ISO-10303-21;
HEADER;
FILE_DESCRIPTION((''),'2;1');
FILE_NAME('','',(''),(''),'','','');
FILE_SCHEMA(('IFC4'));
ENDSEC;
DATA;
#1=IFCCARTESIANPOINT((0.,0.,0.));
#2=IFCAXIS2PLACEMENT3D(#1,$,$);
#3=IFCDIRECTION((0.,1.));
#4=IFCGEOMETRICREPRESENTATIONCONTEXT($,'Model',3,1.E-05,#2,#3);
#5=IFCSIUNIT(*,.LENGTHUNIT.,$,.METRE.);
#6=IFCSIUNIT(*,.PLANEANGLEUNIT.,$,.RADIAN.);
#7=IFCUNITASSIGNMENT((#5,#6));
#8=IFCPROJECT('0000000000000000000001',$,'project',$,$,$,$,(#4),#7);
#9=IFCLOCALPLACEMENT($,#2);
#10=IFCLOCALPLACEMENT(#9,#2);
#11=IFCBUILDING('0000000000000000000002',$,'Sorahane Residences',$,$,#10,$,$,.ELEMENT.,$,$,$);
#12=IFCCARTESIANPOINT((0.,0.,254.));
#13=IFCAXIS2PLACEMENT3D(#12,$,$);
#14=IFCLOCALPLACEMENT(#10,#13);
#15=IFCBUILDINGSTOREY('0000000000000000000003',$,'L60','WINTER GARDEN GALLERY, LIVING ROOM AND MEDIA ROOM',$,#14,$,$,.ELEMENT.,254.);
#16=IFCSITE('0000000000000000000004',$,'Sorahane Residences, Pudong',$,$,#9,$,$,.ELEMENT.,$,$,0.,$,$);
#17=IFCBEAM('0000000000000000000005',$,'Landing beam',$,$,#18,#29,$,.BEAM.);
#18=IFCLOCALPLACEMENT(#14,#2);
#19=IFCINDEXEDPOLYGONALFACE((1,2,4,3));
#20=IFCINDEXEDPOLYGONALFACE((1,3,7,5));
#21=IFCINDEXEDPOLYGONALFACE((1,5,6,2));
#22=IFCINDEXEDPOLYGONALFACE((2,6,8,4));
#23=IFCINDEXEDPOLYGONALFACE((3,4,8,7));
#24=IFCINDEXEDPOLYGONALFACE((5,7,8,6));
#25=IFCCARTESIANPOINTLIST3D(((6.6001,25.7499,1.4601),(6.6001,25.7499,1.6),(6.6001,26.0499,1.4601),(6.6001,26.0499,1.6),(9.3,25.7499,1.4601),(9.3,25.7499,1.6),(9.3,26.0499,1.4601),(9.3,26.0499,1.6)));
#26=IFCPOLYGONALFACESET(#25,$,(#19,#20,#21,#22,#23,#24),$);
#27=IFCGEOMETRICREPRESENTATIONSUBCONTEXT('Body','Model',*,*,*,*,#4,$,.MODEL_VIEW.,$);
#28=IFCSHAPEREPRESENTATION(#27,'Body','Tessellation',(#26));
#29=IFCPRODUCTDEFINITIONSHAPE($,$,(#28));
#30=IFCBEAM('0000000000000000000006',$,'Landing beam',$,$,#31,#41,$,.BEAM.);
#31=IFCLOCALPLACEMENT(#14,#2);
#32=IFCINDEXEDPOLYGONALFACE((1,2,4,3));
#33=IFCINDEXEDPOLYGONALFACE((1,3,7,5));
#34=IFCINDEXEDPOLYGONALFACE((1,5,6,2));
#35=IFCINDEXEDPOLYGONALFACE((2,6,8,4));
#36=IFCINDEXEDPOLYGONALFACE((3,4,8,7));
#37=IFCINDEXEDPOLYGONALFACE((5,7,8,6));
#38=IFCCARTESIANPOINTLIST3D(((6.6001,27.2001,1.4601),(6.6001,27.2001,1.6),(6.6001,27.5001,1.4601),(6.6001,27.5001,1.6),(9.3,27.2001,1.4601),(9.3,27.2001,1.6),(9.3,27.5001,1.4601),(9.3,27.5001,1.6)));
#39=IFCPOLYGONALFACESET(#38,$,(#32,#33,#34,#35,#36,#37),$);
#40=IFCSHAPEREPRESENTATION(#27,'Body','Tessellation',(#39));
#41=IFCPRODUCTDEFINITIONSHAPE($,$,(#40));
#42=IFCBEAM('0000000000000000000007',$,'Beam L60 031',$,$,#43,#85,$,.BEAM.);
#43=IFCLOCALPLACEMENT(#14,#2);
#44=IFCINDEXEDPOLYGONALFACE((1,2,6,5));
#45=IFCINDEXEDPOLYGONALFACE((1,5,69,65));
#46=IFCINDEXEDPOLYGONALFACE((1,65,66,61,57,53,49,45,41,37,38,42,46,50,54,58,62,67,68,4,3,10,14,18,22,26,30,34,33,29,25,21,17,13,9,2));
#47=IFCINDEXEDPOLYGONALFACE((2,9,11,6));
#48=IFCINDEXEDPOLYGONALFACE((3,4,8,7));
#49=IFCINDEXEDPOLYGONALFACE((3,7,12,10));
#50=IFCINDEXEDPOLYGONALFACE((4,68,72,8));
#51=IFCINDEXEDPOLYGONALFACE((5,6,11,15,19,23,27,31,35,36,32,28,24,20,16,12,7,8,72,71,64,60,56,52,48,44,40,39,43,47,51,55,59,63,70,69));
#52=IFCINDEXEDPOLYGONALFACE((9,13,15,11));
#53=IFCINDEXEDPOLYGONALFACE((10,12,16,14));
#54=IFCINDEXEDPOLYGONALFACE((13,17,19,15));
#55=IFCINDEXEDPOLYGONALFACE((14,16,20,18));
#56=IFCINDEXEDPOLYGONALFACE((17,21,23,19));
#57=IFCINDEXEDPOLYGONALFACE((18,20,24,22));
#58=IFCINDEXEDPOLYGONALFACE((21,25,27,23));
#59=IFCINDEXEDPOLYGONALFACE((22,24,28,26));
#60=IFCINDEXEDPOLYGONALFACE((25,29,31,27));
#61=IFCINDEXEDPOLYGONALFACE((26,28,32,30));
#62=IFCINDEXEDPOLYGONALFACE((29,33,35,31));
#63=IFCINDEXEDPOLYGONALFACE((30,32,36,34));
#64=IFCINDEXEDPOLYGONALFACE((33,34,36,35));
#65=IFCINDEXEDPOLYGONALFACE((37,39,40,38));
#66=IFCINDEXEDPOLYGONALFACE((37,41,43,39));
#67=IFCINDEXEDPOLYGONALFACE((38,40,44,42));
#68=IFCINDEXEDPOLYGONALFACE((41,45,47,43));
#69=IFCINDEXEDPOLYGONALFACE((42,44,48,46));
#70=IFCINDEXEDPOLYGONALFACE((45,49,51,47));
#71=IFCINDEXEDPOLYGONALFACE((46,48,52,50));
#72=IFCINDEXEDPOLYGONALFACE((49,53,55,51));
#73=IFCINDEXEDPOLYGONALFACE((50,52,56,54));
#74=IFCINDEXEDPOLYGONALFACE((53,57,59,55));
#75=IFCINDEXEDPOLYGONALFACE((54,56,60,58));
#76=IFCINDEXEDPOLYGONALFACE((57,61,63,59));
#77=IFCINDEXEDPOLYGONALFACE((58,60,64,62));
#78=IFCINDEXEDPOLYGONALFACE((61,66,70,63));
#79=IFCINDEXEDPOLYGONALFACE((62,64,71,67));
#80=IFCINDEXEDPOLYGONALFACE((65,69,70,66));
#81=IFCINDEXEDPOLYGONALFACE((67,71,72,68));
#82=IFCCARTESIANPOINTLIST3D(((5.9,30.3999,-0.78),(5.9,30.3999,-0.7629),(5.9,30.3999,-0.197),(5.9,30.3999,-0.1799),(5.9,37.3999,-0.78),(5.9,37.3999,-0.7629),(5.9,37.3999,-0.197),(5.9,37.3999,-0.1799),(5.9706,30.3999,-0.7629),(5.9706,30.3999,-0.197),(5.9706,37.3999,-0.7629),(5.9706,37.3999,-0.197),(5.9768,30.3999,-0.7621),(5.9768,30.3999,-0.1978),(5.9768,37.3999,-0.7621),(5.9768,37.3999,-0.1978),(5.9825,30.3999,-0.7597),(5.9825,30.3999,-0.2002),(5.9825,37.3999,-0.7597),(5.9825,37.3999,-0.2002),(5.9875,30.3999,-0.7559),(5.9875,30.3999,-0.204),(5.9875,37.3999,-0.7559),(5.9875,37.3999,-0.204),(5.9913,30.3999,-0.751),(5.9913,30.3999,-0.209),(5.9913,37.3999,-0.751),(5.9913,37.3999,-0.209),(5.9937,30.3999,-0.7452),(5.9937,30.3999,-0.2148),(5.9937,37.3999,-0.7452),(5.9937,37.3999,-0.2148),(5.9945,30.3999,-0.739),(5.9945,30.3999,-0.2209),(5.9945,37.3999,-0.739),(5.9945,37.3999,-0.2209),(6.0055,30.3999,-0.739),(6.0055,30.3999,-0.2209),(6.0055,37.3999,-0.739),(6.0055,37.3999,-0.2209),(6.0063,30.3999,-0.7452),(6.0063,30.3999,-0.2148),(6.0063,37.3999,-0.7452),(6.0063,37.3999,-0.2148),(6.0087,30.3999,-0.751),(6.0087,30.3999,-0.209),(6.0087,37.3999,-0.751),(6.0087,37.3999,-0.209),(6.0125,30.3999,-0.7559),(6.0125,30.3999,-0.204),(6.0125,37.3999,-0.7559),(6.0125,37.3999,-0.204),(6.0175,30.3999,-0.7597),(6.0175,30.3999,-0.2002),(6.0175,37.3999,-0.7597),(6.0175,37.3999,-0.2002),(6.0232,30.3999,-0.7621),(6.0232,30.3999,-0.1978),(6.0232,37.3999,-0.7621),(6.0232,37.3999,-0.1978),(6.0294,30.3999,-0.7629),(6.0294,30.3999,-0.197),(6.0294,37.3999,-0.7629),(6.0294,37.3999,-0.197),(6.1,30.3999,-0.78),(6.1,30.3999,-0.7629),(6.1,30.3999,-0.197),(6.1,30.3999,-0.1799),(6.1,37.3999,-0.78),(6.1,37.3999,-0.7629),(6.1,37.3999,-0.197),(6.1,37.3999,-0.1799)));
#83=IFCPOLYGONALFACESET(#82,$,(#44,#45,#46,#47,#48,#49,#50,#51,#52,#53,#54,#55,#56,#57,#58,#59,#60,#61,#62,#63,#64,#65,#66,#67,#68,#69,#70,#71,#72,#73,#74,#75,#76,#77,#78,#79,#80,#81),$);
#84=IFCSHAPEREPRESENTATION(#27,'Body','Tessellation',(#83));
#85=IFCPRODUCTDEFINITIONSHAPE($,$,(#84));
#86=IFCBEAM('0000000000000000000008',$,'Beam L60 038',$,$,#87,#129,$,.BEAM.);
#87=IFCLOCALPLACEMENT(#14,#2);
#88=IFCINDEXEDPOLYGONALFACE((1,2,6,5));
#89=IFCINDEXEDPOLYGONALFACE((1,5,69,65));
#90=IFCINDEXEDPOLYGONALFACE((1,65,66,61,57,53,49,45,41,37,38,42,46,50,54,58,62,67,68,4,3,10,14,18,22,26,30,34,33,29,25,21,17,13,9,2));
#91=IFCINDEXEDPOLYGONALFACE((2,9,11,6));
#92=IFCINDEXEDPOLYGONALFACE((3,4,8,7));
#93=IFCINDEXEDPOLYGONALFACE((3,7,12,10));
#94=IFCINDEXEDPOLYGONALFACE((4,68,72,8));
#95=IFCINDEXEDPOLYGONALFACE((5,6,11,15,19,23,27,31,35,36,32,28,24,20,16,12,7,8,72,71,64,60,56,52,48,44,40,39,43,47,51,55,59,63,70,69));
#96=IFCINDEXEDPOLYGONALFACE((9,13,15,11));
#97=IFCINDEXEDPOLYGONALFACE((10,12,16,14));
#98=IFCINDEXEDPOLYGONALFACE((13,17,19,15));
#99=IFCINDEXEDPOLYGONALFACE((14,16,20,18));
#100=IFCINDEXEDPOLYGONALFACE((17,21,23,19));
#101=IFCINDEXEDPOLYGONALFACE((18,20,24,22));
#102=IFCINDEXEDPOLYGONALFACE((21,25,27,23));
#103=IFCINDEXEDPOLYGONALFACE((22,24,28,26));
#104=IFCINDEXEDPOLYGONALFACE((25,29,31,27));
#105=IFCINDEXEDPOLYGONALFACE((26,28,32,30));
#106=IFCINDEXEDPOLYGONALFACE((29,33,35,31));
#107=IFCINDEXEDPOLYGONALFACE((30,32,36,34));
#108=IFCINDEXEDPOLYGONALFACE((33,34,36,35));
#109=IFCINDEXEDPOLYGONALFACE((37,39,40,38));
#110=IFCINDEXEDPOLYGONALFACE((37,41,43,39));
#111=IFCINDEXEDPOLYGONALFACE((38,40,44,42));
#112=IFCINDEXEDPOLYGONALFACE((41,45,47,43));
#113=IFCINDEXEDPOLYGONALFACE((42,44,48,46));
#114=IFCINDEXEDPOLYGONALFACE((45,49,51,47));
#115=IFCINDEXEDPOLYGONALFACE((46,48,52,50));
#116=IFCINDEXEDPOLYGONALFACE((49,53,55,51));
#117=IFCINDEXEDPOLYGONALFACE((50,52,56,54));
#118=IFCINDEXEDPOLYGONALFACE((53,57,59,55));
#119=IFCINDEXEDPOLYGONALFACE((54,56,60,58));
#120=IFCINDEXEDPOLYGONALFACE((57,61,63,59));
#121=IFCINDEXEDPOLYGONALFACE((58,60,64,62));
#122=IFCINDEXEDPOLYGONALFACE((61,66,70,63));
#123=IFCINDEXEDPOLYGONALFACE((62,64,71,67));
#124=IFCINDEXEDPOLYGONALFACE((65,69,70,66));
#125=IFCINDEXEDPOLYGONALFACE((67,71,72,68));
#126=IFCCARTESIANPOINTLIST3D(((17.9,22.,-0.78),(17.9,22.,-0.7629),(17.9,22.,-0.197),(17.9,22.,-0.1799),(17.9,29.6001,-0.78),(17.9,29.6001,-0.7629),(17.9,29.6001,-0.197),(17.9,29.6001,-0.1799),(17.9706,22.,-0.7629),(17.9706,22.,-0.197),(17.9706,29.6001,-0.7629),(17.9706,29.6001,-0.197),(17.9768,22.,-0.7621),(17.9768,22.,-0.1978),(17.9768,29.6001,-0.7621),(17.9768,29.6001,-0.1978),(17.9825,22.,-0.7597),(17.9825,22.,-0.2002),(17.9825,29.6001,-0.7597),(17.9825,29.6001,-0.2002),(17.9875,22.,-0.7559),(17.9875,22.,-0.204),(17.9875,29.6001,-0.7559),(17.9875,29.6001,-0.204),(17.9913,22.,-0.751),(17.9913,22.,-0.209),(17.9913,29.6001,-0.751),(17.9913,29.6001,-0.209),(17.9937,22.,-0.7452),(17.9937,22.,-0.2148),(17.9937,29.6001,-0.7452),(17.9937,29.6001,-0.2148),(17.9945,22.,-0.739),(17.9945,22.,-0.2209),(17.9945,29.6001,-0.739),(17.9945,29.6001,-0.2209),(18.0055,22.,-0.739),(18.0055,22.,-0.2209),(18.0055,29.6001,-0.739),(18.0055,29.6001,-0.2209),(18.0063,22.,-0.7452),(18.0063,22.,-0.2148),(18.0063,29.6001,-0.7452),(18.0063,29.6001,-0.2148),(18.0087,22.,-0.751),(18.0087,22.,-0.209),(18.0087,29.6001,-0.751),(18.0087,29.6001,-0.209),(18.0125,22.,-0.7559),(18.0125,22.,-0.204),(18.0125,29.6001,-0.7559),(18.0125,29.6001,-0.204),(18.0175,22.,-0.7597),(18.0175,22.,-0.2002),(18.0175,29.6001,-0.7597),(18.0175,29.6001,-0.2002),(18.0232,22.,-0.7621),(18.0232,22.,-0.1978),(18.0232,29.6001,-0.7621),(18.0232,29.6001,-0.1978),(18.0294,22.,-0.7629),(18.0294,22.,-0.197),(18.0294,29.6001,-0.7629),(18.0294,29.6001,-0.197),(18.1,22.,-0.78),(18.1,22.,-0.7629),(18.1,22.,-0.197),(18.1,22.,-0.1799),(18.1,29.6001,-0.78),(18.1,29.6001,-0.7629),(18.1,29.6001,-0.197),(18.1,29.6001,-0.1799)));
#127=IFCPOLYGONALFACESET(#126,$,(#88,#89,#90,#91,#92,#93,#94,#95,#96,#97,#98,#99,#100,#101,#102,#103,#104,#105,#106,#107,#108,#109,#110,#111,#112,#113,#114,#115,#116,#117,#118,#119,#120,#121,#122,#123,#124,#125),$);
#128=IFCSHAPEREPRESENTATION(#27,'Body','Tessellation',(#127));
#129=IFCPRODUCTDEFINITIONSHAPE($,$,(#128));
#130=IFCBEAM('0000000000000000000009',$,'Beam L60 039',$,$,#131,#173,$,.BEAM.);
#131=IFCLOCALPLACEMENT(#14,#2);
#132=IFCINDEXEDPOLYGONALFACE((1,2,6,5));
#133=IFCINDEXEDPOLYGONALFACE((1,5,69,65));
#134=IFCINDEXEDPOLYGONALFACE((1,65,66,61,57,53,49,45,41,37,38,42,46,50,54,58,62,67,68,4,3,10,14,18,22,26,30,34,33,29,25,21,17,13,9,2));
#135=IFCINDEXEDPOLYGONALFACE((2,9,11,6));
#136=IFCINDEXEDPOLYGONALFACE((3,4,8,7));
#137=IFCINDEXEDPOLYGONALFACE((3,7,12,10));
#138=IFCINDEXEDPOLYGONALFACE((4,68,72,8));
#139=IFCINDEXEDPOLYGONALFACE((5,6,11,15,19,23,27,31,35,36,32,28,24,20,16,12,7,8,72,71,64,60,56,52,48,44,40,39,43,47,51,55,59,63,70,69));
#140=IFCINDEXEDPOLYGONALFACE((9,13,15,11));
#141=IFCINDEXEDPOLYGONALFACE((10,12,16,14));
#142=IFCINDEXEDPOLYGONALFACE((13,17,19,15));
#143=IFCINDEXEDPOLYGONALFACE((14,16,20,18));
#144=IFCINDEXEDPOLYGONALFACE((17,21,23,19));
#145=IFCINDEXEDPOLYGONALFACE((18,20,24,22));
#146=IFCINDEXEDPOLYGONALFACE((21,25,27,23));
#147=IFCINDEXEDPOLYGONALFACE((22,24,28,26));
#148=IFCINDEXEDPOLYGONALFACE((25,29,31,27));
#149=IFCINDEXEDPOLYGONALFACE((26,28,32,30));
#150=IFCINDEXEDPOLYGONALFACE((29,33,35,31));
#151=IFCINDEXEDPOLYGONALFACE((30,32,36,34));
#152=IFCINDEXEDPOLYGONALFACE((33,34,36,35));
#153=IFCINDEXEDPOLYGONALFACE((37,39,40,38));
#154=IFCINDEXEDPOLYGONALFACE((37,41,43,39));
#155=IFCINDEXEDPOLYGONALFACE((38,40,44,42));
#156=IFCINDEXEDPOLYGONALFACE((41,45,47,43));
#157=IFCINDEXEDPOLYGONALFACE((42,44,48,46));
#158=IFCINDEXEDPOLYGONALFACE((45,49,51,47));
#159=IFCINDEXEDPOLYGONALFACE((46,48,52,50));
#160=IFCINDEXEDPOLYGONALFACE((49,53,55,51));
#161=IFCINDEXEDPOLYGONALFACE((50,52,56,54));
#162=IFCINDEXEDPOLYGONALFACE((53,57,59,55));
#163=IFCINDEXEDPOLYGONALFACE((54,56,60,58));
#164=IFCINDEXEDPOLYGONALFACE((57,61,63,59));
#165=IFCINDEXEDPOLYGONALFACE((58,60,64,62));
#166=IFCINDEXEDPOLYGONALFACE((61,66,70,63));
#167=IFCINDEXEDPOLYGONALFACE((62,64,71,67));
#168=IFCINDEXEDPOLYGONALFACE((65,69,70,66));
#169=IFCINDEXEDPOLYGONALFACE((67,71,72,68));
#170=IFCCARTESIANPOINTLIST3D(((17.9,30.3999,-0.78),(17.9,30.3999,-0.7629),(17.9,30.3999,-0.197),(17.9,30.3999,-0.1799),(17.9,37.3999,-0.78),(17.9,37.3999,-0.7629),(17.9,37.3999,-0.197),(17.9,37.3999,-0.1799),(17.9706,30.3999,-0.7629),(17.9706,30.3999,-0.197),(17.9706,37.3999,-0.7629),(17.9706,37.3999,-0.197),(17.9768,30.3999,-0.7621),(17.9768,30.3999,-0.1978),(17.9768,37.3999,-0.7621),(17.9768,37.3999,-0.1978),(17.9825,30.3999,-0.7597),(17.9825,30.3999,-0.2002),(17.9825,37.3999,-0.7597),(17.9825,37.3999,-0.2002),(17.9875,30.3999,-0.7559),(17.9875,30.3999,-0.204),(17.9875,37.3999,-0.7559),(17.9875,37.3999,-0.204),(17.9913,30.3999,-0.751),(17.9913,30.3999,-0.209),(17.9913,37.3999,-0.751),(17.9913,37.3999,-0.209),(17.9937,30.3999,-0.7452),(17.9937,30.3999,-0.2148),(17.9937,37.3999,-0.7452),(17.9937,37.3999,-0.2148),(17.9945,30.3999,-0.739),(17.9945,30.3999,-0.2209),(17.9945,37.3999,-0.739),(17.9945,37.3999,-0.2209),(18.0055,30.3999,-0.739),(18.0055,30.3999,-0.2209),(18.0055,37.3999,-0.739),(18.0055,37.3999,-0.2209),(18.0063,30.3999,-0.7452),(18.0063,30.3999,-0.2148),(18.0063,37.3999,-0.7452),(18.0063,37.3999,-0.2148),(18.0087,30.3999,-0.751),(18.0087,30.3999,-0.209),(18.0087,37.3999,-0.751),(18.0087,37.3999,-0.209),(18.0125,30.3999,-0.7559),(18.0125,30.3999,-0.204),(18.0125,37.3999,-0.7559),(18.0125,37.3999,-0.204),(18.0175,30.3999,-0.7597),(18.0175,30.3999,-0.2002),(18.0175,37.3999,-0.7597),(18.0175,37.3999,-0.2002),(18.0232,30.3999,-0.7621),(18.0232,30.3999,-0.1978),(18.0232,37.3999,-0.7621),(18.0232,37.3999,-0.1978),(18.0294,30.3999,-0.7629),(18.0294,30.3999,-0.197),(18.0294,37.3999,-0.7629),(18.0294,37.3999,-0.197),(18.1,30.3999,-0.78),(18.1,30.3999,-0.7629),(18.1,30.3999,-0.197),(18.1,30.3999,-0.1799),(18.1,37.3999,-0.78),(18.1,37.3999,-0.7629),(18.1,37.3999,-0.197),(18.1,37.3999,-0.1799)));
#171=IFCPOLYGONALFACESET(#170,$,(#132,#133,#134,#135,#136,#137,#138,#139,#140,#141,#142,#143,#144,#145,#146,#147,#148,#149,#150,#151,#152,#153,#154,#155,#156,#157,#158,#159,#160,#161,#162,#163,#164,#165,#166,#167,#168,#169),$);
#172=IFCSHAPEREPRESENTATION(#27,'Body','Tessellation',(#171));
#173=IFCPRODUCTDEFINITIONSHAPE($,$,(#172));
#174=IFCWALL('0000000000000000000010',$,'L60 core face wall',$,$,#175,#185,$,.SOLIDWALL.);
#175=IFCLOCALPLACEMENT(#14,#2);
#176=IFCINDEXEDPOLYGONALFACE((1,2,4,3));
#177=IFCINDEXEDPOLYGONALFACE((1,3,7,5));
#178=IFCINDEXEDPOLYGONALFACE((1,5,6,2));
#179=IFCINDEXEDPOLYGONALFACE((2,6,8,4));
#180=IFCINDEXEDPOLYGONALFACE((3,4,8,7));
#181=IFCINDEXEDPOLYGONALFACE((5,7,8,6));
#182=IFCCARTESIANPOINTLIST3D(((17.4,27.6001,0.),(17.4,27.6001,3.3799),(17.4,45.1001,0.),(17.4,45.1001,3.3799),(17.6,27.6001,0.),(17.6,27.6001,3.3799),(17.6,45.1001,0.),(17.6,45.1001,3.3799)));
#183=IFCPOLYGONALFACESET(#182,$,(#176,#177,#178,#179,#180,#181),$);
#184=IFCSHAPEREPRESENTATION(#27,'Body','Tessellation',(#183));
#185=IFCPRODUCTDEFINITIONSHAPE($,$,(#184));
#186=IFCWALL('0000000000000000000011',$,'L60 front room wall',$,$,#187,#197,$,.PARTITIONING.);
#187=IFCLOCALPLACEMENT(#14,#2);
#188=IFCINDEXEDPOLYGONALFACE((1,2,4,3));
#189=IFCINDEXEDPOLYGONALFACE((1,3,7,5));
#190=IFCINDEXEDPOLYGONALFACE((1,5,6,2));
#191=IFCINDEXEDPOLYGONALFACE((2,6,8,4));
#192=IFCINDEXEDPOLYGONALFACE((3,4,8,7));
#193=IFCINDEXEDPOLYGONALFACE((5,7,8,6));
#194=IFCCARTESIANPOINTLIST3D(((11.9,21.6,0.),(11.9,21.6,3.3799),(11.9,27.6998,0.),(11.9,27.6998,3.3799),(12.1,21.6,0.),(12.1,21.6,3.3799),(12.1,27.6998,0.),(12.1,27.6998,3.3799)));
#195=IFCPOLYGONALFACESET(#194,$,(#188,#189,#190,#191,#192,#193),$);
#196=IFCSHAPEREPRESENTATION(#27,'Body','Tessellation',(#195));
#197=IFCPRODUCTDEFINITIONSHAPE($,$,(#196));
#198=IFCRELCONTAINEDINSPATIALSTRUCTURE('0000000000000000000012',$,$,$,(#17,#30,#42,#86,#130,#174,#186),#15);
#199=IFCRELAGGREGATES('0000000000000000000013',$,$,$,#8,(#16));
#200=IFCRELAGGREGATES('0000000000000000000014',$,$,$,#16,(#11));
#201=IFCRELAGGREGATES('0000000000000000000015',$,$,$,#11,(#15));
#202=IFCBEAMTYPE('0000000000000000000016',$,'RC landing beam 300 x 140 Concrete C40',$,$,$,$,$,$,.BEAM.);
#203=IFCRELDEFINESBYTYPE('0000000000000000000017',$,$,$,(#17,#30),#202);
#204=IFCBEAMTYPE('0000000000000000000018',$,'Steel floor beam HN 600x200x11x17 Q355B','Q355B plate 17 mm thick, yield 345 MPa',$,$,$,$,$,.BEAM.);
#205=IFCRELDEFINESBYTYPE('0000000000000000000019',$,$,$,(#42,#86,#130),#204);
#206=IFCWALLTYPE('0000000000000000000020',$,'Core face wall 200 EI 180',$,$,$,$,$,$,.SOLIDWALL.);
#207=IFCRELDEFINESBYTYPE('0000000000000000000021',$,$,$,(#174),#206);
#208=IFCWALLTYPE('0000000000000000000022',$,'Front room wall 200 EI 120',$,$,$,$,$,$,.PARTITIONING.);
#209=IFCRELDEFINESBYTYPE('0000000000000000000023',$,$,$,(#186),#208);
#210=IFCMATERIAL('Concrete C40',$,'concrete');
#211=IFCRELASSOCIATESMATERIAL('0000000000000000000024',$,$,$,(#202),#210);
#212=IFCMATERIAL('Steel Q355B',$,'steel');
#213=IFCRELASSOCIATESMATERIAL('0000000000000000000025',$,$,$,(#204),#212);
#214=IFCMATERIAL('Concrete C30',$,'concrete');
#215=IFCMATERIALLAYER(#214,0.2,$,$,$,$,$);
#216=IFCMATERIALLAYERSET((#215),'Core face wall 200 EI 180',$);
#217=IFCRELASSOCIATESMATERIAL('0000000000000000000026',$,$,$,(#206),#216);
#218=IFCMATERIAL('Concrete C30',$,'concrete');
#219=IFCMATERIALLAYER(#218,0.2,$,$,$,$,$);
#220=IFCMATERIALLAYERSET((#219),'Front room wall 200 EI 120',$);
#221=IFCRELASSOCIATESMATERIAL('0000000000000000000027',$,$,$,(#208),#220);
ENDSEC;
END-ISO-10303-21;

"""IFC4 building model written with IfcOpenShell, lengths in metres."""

from ifc_helpers import new_model, si_unit, direction, frame, frame_2d, origin, origin_2d, place, context, subcontext, project, spatial, rectangle, i_section, extrude, material, layer, layer_set, material_profile, profile_set, type_object, element, save


model = new_model("IFC4")

# Units and contexts
model_context = context("Model", 3, precision=1e-05, world=origin(), true_north=direction((0.0, 1.0)))
body_context = subcontext(model_context, "Body", "Model", "MODEL_VIEW")
ifc_project = project(units=[si_unit("LENGTHUNIT", "METRE"), si_unit("PLANEANGLEUNIT", "RADIAN")], contexts=[model_context])

# Site, building, storey
site_placement = place(None, origin())
site = spatial("IfcSite", under=ifc_project, at=site_placement, Name="Sorahane Residences, Pudong", CompositionType="ELEMENT", RefElevation=0.0)
building_placement = place(site_placement, origin())
building = spatial("IfcBuilding", under=site, at=building_placement, Name="Sorahane Residences", CompositionType="ELEMENT")
storey_placement = place(building_placement, frame((0.0, 0.0, 254.0)))
storey = spatial("IfcBuildingStorey", under=building, at=storey_placement, Name="L60", Description="WINTER GARDEN GALLERY, LIVING ROOM AND MEDIA ROOM", CompositionType="ELEMENT", Elevation=254.0)

# Beams
ifc_material_1 = material(Name="Concrete C40", Category="concrete")
ifc_material_profile_1 = material_profile(ifc_material_1, rectangle(XDim=0.3, YDim=0.1399, at=origin_2d()), Name="300x140")
ifc_profile_set_1 = profile_set([ifc_material_profile_1], Name="Concrete C40")
beam_type_1 = type_object("IfcBeamType", Name="RC landing beam 300 x 140 Concrete C40", PredefinedType="BEAM", material=ifc_profile_set_1)
for number, where, z_axis, x_axis, name in (
    (1, (6.6001, 25.8999, 1.53), (1.0, 0.0, 0.0), (0.0, 1.0, 0.0), "Landing beam"),
    (2, (6.6001, 27.3501, 1.53), (1.0, 0.0, 0.0), (0.0, 1.0, 0.0), "Landing beam"),
):
    element("IfcBeam", number, at=place(storey_placement, frame(where, z_axis=z_axis, x_axis=x_axis)), inside=storey, type_object=beam_type_1, Name=name, PredefinedType="BEAM", context=body_context, shape_type="SweptSolid", body=[
        extrude(rectangle(XDim=0.3, YDim=0.1399, at=origin_2d()), origin(), (0.0, 0.0, 1.0), 2.7),
    ])
ifc_material_2 = material(Name="Steel Q355B", Category="steel")
ifc_material_profile_2 = material_profile(ifc_material_2, i_section(OverallWidth=0.2, OverallDepth=0.6001, WebThickness=0.011, FlangeThickness=0.0171, FilletRadius=0.0239, at=origin_2d()), Name="HN 600x200x11x17")
ifc_profile_set_2 = profile_set([ifc_material_profile_2], Name="Steel Q355B")
beam_type_2 = type_object("IfcBeamType", Name="Steel floor beam HN 600x200x11x17 Q355B", Description="Q355B plate 17 mm thick, yield 345 MPa", PredefinedType="BEAM", material=ifc_profile_set_2)
beam_1_placement = place(storey_placement, frame((6.0, 30.3999, -0.48), z_axis=(0.0, 1.0, 0.0), x_axis=(-1.0, 0.0, 0.0)))
element("IfcBeam", 3, at=beam_1_placement, inside=storey, type_object=beam_type_2, Name="Beam L60 031", PredefinedType="BEAM", context=body_context, shape_type="SweptSolid", body=[
    extrude(i_section(OverallWidth=0.2, OverallDepth=0.6001, WebThickness=0.011, FlangeThickness=0.0171, FilletRadius=0.0239, at=origin_2d()), origin(), (0.0, 0.0, 1.0), 7.0),
])
beam_2_placement = place(storey_placement, frame((18.0, 22.0, -0.48), z_axis=(0.0, 1.0, 0.0), x_axis=(-1.0, 0.0, 0.0)))
element("IfcBeam", 4, at=beam_2_placement, inside=storey, type_object=beam_type_2, Name="Beam L60 038", PredefinedType="BEAM", context=body_context, shape_type="SweptSolid", body=[
    extrude(i_section(OverallWidth=0.2, OverallDepth=0.6001, WebThickness=0.011, FlangeThickness=0.0171, FilletRadius=0.0239, at=origin_2d()), origin(), (0.0, 0.0, 1.0), 7.6001),
])
beam_3_placement = place(storey_placement, frame((18.0, 30.3999, -0.48), z_axis=(0.0, 1.0, 0.0), x_axis=(-1.0, 0.0, 0.0)))
element("IfcBeam", 5, at=beam_3_placement, inside=storey, type_object=beam_type_2, Name="Beam L60 039", PredefinedType="BEAM", context=body_context, shape_type="SweptSolid", body=[
    extrude(i_section(OverallWidth=0.2, OverallDepth=0.6001, WebThickness=0.011, FlangeThickness=0.0171, FilletRadius=0.0239, at=origin_2d()), origin(), (0.0, 0.0, 1.0), 7.0),
])

# Walls
ifc_material_3 = material(Name="Concrete C30", Category="concrete")
ifc_layer_1 = layer(ifc_material_3, 0.2)
ifc_layer_set_1 = layer_set([ifc_layer_1], Name="Core face wall 200 EI 180")
wall_type_1 = type_object("IfcWallType", Name="Core face wall 200 EI 180", PredefinedType="SOLIDWALL", material=ifc_layer_set_1)
wall_1_placement = place(storey_placement, frame((17.5, 27.6001, 0.0), z_axis=(0.0, 0.0, 1.0), x_axis=(0.0, 1.0, 0.0)))
element("IfcWall", 6, at=wall_1_placement, inside=storey, type_object=wall_type_1, Name="L60 core face wall", PredefinedType="SOLIDWALL", context=body_context, shape_type="SweptSolid", body=[
    extrude(rectangle(XDim=17.5, YDim=0.2, at=frame_2d((8.75, 0.0))), origin(), (0.0, 0.0, 1.0), 3.3799),
])
ifc_material_4 = material(Name="Concrete C30", Category="concrete")
ifc_layer_2 = layer(ifc_material_4, 0.2)
ifc_layer_set_2 = layer_set([ifc_layer_2], Name="Front room wall 200 EI 120")
wall_type_2 = type_object("IfcWallType", Name="Front room wall 200 EI 120", PredefinedType="PARTITIONING", material=ifc_layer_set_2)
wall_2_placement = place(storey_placement, frame((12.0, 21.6001, 0.0), z_axis=(0.0, 0.0, 1.0), x_axis=(0.0, 1.0, 0.0)))
element("IfcWall", 7, at=wall_2_placement, inside=storey, type_object=wall_type_2, Name="L60 front room wall", PredefinedType="PARTITIONING", context=body_context, shape_type="SweptSolid", body=[
    extrude(rectangle(XDim=6.0999, YDim=0.2, at=frame_2d((3.0498, 0.0))), origin(), (0.0, 0.0, 1.0), 3.3799),
])

save(model, "model.ifc")
